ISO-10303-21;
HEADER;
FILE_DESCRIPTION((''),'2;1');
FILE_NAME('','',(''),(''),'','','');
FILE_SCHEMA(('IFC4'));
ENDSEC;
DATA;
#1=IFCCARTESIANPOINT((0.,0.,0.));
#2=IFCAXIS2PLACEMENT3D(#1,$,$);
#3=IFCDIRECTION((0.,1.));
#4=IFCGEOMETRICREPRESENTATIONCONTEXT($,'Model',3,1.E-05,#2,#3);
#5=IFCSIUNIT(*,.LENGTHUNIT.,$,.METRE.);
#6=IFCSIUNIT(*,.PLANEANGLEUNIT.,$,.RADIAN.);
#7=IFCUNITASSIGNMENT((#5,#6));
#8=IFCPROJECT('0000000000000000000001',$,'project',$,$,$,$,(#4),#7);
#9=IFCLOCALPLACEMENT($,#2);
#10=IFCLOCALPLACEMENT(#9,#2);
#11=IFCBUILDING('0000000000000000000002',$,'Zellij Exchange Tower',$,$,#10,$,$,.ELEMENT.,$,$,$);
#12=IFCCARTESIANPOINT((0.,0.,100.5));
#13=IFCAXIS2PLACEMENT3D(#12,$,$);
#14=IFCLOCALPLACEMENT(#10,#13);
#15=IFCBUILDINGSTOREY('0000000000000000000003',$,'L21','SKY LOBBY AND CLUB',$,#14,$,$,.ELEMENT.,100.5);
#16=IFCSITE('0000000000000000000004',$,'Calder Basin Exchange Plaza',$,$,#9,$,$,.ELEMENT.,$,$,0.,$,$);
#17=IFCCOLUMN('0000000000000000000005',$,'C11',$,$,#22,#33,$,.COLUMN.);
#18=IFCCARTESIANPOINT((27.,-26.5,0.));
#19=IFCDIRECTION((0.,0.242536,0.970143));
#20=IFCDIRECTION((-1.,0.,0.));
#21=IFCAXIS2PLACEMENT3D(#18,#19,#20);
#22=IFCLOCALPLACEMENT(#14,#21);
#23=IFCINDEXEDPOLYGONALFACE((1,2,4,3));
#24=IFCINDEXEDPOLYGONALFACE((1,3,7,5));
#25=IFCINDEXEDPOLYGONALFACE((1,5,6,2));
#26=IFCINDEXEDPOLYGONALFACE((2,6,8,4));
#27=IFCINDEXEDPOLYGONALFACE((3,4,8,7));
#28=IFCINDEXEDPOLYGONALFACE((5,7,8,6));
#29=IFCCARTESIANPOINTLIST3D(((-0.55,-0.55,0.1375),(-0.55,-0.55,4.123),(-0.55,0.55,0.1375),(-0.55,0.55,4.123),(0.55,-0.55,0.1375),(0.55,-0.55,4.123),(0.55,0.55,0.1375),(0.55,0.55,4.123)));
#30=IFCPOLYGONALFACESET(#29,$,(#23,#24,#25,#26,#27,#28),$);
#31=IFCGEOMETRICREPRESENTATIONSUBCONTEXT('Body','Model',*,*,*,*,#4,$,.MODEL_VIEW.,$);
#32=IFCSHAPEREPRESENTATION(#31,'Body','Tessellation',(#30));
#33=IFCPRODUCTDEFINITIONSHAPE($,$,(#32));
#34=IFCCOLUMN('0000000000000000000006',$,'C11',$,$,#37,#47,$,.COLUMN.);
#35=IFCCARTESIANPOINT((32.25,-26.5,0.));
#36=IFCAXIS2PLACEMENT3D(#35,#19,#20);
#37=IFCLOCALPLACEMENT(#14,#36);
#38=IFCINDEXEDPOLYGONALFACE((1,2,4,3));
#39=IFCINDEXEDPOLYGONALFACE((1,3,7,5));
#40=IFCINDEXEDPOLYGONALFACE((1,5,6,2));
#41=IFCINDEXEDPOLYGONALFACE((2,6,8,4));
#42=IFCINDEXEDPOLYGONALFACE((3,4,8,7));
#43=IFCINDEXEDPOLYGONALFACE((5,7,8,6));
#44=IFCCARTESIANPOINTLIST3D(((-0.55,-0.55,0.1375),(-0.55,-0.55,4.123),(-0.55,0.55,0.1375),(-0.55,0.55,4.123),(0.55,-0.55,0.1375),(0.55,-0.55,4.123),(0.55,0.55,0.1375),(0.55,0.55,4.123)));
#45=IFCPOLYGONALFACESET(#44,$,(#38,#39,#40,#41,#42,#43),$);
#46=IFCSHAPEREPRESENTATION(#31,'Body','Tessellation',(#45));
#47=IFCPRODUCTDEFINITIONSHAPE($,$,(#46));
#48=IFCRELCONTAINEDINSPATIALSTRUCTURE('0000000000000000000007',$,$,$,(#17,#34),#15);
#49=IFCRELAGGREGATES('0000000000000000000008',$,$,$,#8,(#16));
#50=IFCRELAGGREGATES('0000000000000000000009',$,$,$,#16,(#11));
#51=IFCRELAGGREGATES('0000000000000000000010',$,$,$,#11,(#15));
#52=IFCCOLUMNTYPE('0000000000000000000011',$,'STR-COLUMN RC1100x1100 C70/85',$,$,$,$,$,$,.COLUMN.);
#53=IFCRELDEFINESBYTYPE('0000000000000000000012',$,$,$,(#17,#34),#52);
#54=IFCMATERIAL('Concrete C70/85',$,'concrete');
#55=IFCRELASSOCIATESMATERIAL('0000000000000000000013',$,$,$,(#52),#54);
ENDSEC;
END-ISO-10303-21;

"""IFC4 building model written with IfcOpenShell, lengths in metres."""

from ifc_helpers import new_model, si_unit, direction, frame, origin, origin_2d, place, context, subcontext, project, spatial, rectangle, extrude, clip, halfspace, material, material_profile, profile_set, type_object, element, save


model = new_model("IFC4")

# Units and contexts
model_context = context("Model", 3, precision=1e-05, world=origin(), true_north=direction((0.0, 1.0)))
body_context = subcontext(model_context, "Body", "Model", "MODEL_VIEW")
ifc_project = project(units=[si_unit("LENGTHUNIT", "METRE"), si_unit("PLANEANGLEUNIT", "RADIAN")], contexts=[model_context])

# Site, building, storey
site_placement = place(None, origin())
site = spatial("IfcSite", under=ifc_project, at=site_placement, Name="Calder Basin Exchange Plaza", CompositionType="ELEMENT", RefElevation=0.0)
building_placement = place(site_placement, origin())
building = spatial("IfcBuilding", under=site, at=building_placement, Name="Zellij Exchange Tower", CompositionType="ELEMENT")
storey_placement = place(building_placement, frame((0.0, 0.0, 100.5)))
storey = spatial("IfcBuildingStorey", under=building, at=storey_placement, Name="L21", Description="SKY LOBBY AND CLUB", CompositionType="ELEMENT", Elevation=100.5)

# Columns
ifc_material_1 = material(Name="Concrete C70/85", Category="concrete")
ifc_material_profile_1 = material_profile(ifc_material_1, rectangle(XDim=1.1001, YDim=1.1001, at=origin_2d()), Name="STR-COLUMN RC1100x1100 C70/85")
ifc_profile_set_1 = profile_set([ifc_material_profile_1], Name="Concrete C70/85")
column_type = type_object("IfcColumnType", Name="STR-COLUMN RC1100x1100 C70/85", PredefinedType="COLUMN", material=ifc_profile_set_1)
for number, where, z_axis, x_axis, name in (
    (1, (27.0, -26.5, 0.0), (0.0, 0.242536, 0.970143), (-1.0, 0.0, 0.0), "C11"),
    (2, (32.25, -26.5, 0.0), (0.0, 0.242536, 0.970143), (-1.0, 0.0, 0.0), "C11"),
):
    element("IfcColumn", number, at=place(storey_placement, frame(where, z_axis=z_axis, x_axis=x_axis)), inside=storey, type_object=column_type, Name=name, PredefinedType="COLUMN", context=body_context, shape_type="Clipping", body=[
        clip(extrude(rectangle(XDim=1.1001, YDim=1.1001, at=origin_2d()), origin(), (0.0, 0.0, 1.0), 4.123), halfspace(frame((0.0, 0.0, 0.1375)), True)),
    ])

save(model, "model.ifc")
